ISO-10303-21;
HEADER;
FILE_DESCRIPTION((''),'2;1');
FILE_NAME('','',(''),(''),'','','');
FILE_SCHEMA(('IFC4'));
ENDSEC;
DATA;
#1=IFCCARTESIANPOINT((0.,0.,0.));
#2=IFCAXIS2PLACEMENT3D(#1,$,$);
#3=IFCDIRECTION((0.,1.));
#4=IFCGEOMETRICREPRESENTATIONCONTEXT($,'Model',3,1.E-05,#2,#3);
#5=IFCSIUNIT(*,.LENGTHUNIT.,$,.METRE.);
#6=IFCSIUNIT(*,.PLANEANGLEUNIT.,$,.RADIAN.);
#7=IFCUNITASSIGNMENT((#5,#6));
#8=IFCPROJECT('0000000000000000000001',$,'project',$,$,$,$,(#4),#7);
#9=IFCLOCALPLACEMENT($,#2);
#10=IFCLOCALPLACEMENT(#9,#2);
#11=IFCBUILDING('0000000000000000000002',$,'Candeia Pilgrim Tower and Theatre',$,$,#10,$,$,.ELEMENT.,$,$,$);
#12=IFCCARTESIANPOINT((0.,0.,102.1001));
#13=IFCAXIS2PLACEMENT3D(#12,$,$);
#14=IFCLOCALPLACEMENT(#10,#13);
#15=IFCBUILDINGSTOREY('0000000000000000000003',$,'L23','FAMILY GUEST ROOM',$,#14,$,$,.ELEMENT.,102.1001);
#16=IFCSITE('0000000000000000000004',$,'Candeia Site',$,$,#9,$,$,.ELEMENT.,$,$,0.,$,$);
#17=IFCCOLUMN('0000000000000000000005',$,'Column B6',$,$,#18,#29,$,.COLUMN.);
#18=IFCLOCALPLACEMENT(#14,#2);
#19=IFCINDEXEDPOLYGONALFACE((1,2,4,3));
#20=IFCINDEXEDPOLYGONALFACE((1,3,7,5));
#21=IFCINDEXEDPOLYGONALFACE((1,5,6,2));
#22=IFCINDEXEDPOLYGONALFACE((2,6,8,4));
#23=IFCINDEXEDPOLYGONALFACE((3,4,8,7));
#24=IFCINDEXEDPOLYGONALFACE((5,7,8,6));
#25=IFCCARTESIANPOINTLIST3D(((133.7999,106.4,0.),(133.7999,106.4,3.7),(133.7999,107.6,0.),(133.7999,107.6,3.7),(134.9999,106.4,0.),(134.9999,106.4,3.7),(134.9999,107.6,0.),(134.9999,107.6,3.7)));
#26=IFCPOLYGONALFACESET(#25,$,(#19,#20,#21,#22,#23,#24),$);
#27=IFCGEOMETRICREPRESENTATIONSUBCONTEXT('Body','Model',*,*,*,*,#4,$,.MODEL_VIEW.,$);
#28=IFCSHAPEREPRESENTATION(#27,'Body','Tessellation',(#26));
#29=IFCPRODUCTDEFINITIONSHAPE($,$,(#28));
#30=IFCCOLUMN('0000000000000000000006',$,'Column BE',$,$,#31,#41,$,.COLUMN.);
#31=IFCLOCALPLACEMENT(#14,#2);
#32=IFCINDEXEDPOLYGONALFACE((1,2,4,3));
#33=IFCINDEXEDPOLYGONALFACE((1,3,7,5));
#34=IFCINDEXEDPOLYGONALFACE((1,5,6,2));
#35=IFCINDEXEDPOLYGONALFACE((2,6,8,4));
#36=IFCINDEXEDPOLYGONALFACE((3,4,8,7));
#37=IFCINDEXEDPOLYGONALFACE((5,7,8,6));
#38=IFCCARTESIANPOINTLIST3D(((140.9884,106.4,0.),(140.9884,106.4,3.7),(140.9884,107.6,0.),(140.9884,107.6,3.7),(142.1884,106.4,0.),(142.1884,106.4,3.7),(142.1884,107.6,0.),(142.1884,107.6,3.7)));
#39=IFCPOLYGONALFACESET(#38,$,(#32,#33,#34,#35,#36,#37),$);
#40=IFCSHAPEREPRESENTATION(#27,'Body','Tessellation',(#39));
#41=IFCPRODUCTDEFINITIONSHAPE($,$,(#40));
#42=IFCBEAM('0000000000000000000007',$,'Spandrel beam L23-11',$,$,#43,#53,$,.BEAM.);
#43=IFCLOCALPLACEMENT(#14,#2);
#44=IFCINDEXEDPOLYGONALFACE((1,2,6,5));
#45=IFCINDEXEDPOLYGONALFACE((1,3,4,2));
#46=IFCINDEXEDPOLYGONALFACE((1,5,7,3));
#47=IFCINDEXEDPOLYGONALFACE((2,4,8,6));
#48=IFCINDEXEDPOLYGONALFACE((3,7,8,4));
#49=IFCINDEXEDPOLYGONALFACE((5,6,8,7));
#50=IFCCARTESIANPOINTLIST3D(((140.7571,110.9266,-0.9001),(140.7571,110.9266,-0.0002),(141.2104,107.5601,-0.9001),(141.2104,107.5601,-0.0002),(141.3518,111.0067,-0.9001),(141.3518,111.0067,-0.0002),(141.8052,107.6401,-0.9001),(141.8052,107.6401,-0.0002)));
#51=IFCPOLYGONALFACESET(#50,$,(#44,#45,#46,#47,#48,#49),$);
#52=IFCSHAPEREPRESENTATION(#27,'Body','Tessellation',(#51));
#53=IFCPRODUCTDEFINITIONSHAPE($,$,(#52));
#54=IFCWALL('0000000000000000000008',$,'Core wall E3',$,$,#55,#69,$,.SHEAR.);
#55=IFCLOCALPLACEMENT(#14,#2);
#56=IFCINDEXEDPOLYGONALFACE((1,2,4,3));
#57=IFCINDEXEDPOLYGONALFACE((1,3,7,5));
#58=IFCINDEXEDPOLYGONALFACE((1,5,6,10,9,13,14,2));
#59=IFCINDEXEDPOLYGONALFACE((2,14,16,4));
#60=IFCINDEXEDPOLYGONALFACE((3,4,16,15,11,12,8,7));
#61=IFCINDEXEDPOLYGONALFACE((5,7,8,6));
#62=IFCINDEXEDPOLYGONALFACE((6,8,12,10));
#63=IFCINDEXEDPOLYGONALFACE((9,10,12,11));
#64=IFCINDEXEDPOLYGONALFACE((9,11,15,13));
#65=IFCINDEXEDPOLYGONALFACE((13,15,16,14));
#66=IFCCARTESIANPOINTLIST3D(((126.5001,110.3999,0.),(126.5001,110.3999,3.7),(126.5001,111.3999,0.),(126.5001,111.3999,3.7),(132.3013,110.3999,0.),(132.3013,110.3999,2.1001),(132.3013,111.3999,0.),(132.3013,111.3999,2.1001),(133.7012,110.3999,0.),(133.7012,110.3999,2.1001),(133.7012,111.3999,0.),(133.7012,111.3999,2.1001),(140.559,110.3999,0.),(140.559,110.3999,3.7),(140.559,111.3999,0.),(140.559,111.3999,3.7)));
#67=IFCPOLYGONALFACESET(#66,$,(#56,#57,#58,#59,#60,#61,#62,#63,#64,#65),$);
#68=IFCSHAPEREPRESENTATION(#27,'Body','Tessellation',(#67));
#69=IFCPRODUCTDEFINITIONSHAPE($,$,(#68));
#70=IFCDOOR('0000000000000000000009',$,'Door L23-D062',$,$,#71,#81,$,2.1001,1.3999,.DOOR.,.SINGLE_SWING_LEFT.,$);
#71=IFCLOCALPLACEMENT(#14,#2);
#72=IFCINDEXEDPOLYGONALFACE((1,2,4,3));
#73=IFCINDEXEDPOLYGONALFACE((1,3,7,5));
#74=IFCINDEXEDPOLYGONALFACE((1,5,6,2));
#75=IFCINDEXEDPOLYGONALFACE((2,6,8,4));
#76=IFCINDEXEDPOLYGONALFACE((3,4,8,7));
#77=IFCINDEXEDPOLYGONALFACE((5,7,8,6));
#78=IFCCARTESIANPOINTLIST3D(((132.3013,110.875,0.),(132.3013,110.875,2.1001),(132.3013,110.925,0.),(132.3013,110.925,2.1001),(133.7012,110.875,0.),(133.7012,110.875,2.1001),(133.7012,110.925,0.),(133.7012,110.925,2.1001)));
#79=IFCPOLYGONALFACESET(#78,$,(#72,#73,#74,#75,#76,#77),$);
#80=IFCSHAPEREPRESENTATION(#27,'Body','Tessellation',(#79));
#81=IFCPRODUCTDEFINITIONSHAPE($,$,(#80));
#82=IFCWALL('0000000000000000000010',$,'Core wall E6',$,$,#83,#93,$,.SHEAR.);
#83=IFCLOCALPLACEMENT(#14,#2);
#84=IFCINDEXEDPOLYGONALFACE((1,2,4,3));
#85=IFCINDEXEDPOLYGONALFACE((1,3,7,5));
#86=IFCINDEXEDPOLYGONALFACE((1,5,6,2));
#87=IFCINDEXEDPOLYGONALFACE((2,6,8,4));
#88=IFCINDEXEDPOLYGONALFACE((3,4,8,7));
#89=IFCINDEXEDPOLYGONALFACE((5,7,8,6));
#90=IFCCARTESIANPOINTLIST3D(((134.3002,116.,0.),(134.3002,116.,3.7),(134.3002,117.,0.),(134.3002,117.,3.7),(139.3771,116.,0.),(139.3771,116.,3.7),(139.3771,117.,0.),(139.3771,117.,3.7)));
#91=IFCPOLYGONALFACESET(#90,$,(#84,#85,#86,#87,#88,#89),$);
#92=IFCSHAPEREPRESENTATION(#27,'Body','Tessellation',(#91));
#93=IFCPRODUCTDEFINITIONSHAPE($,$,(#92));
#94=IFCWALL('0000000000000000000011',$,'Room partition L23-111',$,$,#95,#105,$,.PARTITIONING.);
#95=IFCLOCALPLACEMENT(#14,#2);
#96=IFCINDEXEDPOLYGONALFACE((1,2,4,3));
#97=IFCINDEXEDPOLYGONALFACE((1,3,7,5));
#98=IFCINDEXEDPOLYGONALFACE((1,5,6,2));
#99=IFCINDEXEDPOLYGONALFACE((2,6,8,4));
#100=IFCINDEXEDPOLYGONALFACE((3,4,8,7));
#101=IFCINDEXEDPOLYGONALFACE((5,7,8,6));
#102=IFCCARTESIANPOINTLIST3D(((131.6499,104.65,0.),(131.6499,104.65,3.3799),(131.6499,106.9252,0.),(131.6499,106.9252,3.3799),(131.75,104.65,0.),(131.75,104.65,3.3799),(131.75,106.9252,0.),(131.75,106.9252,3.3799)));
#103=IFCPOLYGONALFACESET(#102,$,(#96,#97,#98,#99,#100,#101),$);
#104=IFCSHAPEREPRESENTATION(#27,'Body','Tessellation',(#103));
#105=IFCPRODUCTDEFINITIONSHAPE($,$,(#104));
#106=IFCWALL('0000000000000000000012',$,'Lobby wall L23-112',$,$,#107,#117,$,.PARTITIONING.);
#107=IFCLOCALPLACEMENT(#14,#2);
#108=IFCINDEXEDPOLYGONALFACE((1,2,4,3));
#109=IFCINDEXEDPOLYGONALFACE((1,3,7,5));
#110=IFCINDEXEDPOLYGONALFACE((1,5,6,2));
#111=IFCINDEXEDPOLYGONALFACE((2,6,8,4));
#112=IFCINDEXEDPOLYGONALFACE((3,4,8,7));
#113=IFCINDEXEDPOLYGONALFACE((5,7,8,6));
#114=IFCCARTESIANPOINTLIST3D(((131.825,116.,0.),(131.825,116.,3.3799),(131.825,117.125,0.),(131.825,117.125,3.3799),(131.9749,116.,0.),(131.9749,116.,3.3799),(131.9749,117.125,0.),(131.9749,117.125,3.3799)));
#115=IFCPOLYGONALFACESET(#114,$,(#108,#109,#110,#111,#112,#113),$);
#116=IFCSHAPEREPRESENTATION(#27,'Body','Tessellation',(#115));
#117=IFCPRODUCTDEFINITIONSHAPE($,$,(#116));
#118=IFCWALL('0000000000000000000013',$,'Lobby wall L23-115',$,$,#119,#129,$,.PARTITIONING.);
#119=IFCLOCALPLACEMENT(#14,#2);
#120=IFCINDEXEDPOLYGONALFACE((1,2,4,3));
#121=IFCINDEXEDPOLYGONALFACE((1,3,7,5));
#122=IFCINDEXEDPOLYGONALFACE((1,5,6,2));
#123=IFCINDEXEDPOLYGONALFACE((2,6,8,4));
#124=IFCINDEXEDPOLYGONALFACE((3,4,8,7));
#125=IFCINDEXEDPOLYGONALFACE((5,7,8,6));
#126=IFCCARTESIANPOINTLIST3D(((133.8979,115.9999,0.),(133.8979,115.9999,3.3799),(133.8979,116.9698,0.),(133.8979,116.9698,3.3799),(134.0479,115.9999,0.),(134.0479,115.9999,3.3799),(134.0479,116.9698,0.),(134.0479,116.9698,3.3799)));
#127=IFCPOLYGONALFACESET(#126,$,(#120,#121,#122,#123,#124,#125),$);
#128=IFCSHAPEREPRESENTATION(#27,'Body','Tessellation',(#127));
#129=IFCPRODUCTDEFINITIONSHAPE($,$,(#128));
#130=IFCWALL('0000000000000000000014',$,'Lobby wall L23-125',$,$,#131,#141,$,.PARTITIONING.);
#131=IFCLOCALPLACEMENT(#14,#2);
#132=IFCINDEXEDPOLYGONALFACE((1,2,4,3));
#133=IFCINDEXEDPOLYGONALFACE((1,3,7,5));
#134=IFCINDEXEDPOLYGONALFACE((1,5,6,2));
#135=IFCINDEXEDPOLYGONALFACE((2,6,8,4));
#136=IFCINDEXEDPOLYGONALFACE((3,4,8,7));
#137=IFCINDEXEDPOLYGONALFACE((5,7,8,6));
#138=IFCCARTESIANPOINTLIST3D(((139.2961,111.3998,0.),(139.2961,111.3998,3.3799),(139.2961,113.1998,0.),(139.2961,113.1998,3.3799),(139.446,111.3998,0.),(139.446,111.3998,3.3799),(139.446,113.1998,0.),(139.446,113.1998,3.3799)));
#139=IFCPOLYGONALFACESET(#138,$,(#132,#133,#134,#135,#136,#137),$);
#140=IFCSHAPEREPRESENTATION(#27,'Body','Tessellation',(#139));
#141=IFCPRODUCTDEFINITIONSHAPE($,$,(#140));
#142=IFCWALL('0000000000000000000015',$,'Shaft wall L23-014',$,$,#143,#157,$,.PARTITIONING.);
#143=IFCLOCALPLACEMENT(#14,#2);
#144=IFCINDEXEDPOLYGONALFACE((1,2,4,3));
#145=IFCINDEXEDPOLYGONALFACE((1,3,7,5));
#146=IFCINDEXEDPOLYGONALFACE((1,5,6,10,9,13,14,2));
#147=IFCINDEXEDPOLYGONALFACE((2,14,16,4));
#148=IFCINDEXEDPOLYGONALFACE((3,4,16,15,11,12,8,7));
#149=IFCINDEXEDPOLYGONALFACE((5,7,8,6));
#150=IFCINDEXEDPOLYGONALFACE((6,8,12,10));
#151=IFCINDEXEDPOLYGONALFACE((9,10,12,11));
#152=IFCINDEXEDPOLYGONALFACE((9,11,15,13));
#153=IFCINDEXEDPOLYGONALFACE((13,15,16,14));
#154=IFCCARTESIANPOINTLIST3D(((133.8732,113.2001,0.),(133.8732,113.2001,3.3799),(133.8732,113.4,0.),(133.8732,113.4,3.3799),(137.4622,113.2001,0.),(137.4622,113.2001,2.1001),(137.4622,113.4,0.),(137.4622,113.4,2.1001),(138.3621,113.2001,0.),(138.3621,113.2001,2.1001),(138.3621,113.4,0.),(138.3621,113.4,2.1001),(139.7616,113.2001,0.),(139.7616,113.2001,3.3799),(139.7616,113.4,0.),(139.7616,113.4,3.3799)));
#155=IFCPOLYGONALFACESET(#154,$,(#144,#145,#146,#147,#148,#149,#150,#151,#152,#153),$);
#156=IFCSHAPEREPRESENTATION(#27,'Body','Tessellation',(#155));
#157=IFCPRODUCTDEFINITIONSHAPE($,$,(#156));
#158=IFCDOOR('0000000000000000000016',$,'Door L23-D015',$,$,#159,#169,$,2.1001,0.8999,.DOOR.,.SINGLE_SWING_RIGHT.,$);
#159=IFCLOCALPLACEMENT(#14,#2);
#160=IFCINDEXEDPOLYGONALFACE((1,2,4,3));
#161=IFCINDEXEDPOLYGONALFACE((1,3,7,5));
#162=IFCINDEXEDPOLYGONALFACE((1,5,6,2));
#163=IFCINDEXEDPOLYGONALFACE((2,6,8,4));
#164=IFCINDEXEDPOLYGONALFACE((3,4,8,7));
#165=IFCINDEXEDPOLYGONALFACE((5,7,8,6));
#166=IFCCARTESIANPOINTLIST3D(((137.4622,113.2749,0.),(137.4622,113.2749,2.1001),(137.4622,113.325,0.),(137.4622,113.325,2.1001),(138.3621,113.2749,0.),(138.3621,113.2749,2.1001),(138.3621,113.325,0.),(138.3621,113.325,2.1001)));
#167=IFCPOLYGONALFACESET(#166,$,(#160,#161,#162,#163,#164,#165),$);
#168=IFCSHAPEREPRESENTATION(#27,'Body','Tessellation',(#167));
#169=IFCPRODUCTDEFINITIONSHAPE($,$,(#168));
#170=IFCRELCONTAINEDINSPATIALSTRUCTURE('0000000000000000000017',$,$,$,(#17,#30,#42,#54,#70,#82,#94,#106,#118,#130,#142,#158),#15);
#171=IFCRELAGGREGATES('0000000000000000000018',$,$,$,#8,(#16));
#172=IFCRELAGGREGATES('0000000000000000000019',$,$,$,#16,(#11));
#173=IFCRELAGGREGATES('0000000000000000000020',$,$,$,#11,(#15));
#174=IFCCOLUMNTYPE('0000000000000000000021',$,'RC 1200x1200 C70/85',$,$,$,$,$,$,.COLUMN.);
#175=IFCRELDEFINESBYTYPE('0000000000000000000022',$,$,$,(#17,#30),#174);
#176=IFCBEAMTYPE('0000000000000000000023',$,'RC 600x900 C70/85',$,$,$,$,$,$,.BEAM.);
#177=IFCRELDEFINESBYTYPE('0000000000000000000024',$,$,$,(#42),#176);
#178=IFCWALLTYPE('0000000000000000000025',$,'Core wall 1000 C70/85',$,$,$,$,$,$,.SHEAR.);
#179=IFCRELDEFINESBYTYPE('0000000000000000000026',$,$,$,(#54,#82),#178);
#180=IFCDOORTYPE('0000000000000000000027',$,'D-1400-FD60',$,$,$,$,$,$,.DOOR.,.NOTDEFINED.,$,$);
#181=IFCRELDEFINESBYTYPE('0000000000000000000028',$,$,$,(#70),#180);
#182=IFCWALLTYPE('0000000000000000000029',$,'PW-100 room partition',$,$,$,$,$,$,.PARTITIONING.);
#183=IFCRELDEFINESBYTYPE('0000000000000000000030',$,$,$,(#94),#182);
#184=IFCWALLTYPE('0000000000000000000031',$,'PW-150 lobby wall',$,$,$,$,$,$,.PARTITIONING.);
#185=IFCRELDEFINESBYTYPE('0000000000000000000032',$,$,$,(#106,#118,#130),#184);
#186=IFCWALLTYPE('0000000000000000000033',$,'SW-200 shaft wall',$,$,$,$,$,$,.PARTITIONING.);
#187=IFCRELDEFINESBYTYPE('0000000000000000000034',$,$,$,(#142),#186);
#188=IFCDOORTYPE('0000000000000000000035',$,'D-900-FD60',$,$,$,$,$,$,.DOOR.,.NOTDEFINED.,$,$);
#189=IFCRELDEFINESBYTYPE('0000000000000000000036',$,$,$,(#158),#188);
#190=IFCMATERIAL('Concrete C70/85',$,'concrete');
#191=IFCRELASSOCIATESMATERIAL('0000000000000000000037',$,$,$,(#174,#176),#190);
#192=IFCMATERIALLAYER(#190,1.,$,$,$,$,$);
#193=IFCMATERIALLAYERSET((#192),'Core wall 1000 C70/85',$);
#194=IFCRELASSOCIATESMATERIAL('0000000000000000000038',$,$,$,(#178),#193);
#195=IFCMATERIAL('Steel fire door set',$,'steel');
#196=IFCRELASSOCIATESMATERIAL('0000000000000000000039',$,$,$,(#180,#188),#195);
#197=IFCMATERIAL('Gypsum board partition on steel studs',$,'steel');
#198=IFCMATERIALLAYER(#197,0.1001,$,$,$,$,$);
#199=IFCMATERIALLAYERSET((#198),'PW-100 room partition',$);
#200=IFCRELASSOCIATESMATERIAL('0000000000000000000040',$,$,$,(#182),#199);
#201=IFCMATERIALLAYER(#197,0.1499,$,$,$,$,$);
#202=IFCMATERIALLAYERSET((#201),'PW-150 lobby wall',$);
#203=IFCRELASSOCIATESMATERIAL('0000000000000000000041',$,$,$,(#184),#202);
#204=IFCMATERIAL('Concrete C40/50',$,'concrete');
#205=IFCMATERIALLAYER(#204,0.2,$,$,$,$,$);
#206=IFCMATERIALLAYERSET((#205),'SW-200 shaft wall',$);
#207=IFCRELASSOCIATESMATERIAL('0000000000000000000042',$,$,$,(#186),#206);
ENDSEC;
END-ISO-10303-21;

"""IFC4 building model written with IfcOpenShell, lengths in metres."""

from ifc_helpers import new_model, si_unit, direction, frame, frame_2d, origin, origin_2d, place, context, subcontext, project, spatial, rectangle, extrude, material, layer, layer_set, material_profile, profile_set, type_object, element, fill, save


model = new_model("IFC4")

# Units and contexts
model_context = context("Model", 3, precision=1e-05, world=origin(), true_north=direction((0.0, 1.0)))
body_context = subcontext(model_context, "Body", "Model", "MODEL_VIEW")
ifc_project = project(units=[si_unit("LENGTHUNIT", "METRE"), si_unit("PLANEANGLEUNIT", "RADIAN")], contexts=[model_context])

# Site, building, storey
site_placement = place(None, origin())
site = spatial("IfcSite", under=ifc_project, at=site_placement, Name="Candeia Site", CompositionType="ELEMENT", RefElevation=0.0)
building_placement = place(site_placement, origin())
building = spatial("IfcBuilding", under=site, at=building_placement, Name="Candeia Pilgrim Tower and Theatre", CompositionType="ELEMENT")
storey_placement = place(building_placement, frame((0.0, 0.0, 102.1001)))
storey = spatial("IfcBuildingStorey", under=building, at=storey_placement, Name="L23", Description="FAMILY GUEST ROOM", CompositionType="ELEMENT", Elevation=102.1001)

# Columns
ifc_material_1 = material(Name="Concrete C70/85", Category="concrete")
ifc_material_profile_1 = material_profile(ifc_material_1, rectangle(XDim=1.2, YDim=1.2, at=origin_2d()))
ifc_profile_set_1 = profile_set([ifc_material_profile_1], Name="Concrete C70/85")
column_type = type_object("IfcColumnType", Name="RC 1200x1200 C70/85", PredefinedType="COLUMN", material=ifc_profile_set_1)
for number, where, z_axis, x_axis, name in (
    (1, (134.3999, 107.0, 0.0), (0.0, 0.0, 1.0), (1.0, 0.0, 0.0), "Column B6"),
    (2, (141.5884, 107.0, 0.0), (0.0, 0.0, 1.0), (1.0, 0.0, 0.0), "Column BE"),
):
    element("IfcColumn", number, at=place(storey_placement, frame(where, z_axis=z_axis, x_axis=x_axis)), inside=storey, type_object=column_type, Name=name, PredefinedType="COLUMN", context=body_context, shape_type="SweptSolid", body=[
        extrude(rectangle(XDim=1.2, YDim=1.2, at=origin_2d()), origin(), (0.0, 0.0, 1.0), 3.7),
    ])

# Beam
ifc_material_profile_2 = material_profile(ifc_material_1, rectangle(XDim=0.6001, YDim=0.8999, at=origin_2d()))
ifc_profile_set_2 = profile_set([ifc_material_profile_2], Name="Concrete C70/85")
beam_type = type_object("IfcBeamType", Name="RC 600x900 C70/85", PredefinedType="BEAM", material=ifc_profile_set_2)
beam_placement = place(storey_placement, frame((141.5078, 107.6001, -0.4502), z_axis=(-0.133458, 0.991054, 0.0), x_axis=(-0.991054, -0.133458, 0.0)))
element("IfcBeam", 3, at=beam_placement, inside=storey, type_object=beam_type, Name="Spandrel beam L23-11", PredefinedType="BEAM", context=body_context, shape_type="SweptSolid", body=[
    extrude(rectangle(XDim=0.6001, YDim=0.8999, at=origin_2d()), origin(), (0.0, 0.0, 1.0), 3.397),
])

# Wall, opening, door
ifc_layer_1 = layer(ifc_material_1, 1.0)
ifc_layer_set_1 = layer_set([ifc_layer_1], Name="Core wall 1000 C70/85")
wall_type_1 = type_object("IfcWallType", Name="Core wall 1000 C70/85", PredefinedType="SHEAR", material=ifc_layer_set_1)
wall_1_placement = place(storey_placement, frame((140.5588, 110.8999, 0.0), z_axis=(0.0, 0.0, 1.0), x_axis=(-1.0, 0.0, 0.0)))
wall_1 = element("IfcWall", 4, at=wall_1_placement, inside=storey, type_object=wall_type_1, Name="Core wall E3", PredefinedType="SHEAR", context=body_context, shape_type="SweptSolid", body=[
    extrude(rectangle(XDim=14.0588, YDim=1.0, at=frame_2d((7.0293, 0.0))), origin(), (0.0, 0.0, 1.0), 3.7),
])
opening_1_placement = place(wall_1_placement, frame((6.8577, 0.0, 0.0)))
opening_1 = element("IfcOpeningElement", 5, at=opening_1_placement, cuts=wall_1, PredefinedType="OPENING", context=body_context, shape_type="SweptSolid", body=[
    extrude(rectangle(XDim=1.3999, YDim=2.1001, at=frame_2d((0.7, 1.05))), frame((0.0, 0.51, 0.0), z_axis=(0.0, -1.0, 0.0), x_axis=(1.0, 0.0, 0.0)), (0.0, 0.0, 1.0), 1.02),
])
ifc_material_2 = material(Name="Steel fire door set", Category="steel")
door_type_1 = type_object("IfcDoorType", Name="D-1400-FD60", OperationType="NOTDEFINED", PredefinedType="DOOR", material=ifc_material_2)
door_1_placement = place(opening_1_placement, origin())
door_1 = element("IfcDoor", 6, at=door_1_placement, inside=storey, type_object=door_type_1, Name="Door L23-D062", OperationType="SINGLE_SWING_LEFT", OverallHeight=2.1001, OverallWidth=1.3999, PredefinedType="DOOR", context=body_context, shape_type="SweptSolid", body=[
    extrude(rectangle(XDim=1.3999, YDim=2.1001, at=frame_2d((0.7, 1.05))), frame((0.0, 0.0249, 0.0), z_axis=(0.0, -1.0, 0.0), x_axis=(1.0, 0.0, 0.0)), (0.0, 0.0, 1.0), 0.05),
])
fill(opening_1, door_1)

# Walls
wall_2_placement = place(storey_placement, frame((134.3, 116.5, 0.0), z_axis=(0.0, 0.0, 1.0), x_axis=(1.0, 0.0, 0.0)))
element("IfcWall", 7, at=wall_2_placement, inside=storey, type_object=wall_type_1, Name="Core wall E6", PredefinedType="SHEAR", context=body_context, shape_type="SweptSolid", body=[
    extrude(rectangle(XDim=5.0769, YDim=1.0, at=frame_2d((2.5386, 0.0))), origin(), (0.0, 0.0, 1.0), 3.7),
])
ifc_material_3 = material(Name="Gypsum board partition on steel studs", Category="steel")
ifc_layer_2 = layer(ifc_material_3, 0.1001)
ifc_layer_set_2 = layer_set([ifc_layer_2], Name="PW-100 room partition")
wall_type_2 = type_object("IfcWallType", Name="PW-100 room partition", PredefinedType="PARTITIONING", material=ifc_layer_set_2)
wall_3_placement = place(storey_placement, frame((131.7, 104.6499, 0.0), z_axis=(0.0, 0.0, 1.0), x_axis=(0.0, 1.0, 0.0)))
element("IfcWall", 8, at=wall_3_placement, inside=storey, type_object=wall_type_2, Name="Room partition L23-111", PredefinedType="PARTITIONING", context=body_context, shape_type="SweptSolid", body=[
    extrude(rectangle(XDim=2.2751, YDim=0.1001, at=frame_2d((1.1377, 0.0))), origin(), (0.0, 0.0, 1.0), 3.3799),
])
ifc_layer_3 = layer(ifc_material_3, 0.1499)
ifc_layer_set_3 = layer_set([ifc_layer_3], Name="PW-150 lobby wall")
wall_type_3 = type_object("IfcWallType", Name="PW-150 lobby wall", PredefinedType="PARTITIONING", material=ifc_layer_set_3)
wall_4_placement = place(storey_placement, frame((131.8999, 116.0, 0.0), z_axis=(0.0, 0.0, 1.0), x_axis=(0.0, 1.0, 0.0)))
element("IfcWall", 9, at=wall_4_placement, inside=storey, type_object=wall_type_3, Name="Lobby wall L23-112", PredefinedType="PARTITIONING", context=body_context, shape_type="SweptSolid", body=[
    extrude(rectangle(XDim=1.125, YDim=0.1499, at=frame_2d((0.5625, 0.0))), origin(), (0.0, 0.0, 1.0), 3.3799),
])
wall_5_placement = place(storey_placement, frame((133.9729, 116.0, 0.0), z_axis=(0.0, 0.0, 1.0), x_axis=(0.0, 1.0, 0.0)))
element("IfcWall", 10, at=wall_5_placement, inside=storey, type_object=wall_type_3, Name="Lobby wall L23-115", PredefinedType="PARTITIONING", context=body_context, shape_type="SweptSolid", body=[
    extrude(rectangle(XDim=0.97, YDim=0.1499, at=frame_2d((0.4849, 0.0))), origin(), (0.0, 0.0, 1.0), 3.3799),
])
wall_6_placement = place(storey_placement, frame((139.3711, 111.3999, 0.0), z_axis=(0.0, 0.0, 1.0), x_axis=(0.0, 1.0, 0.0)))
element("IfcWall", 11, at=wall_6_placement, inside=storey, type_object=wall_type_3, Name="Lobby wall L23-125", PredefinedType="PARTITIONING", context=body_context, shape_type="SweptSolid", body=[
    extrude(rectangle(XDim=1.8, YDim=0.1499, at=frame_2d((0.8999, 0.0))), origin(), (0.0, 0.0, 1.0), 3.3799),
])

# Wall, opening, door
ifc_material_4 = material(Name="Concrete C40/50", Category="concrete")
ifc_layer_4 = layer(ifc_material_4, 0.2)
ifc_layer_set_4 = layer_set([ifc_layer_4], Name="SW-200 shaft wall")
wall_type_4 = type_object("IfcWallType", Name="SW-200 shaft wall", PredefinedType="PARTITIONING", material=ifc_layer_set_4)
wall_7_placement = place(storey_placement, frame((133.873, 113.3, 0.0), z_axis=(0.0, 0.0, 1.0), x_axis=(1.0, 0.0, 0.0)))
wall_7 = element("IfcWall", 12, at=wall_7_placement, inside=storey, type_object=wall_type_4, Name="Shaft wall L23-014", PredefinedType="PARTITIONING", context=body_context, shape_type="SweptSolid", body=[
    extrude(rectangle(XDim=5.8884, YDim=0.2, at=frame_2d((2.9443, 0.0))), origin(), (0.0, 0.0, 1.0), 3.3799),
])
opening_2_placement = place(wall_7_placement, frame((3.5891, 0.0, 0.0)))
opening_2 = element("IfcOpeningElement", 13, at=opening_2_placement, cuts=wall_7, PredefinedType="OPENING", context=body_context, shape_type="SweptSolid", body=[
    extrude(rectangle(XDim=0.8999, YDim=2.1001, at=frame_2d((0.45, 1.05))), frame((0.0, 0.1099, 0.0), z_axis=(0.0, -1.0, 0.0), x_axis=(1.0, 0.0, 0.0)), (0.0, 0.0, 1.0), 0.22),
])
door_type_2 = type_object("IfcDoorType", Name="D-900-FD60", OperationType="NOTDEFINED", PredefinedType="DOOR", material=ifc_material_2)
door_2_placement = place(opening_2_placement, origin())
door_2 = element("IfcDoor", 14, at=door_2_placement, inside=storey, type_object=door_type_2, Name="Door L23-D015", OperationType="SINGLE_SWING_RIGHT", OverallHeight=2.1001, OverallWidth=0.8999, PredefinedType="DOOR", context=body_context, shape_type="SweptSolid", body=[
    extrude(rectangle(XDim=0.8999, YDim=2.1001, at=frame_2d((0.45, 1.05))), frame((0.0, 0.0249, 0.0), z_axis=(0.0, -1.0, 0.0), x_axis=(1.0, 0.0, 0.0)), (0.0, 0.0, 1.0), 0.05),
])
fill(opening_2, door_2)

save(model, "model.ifc")
